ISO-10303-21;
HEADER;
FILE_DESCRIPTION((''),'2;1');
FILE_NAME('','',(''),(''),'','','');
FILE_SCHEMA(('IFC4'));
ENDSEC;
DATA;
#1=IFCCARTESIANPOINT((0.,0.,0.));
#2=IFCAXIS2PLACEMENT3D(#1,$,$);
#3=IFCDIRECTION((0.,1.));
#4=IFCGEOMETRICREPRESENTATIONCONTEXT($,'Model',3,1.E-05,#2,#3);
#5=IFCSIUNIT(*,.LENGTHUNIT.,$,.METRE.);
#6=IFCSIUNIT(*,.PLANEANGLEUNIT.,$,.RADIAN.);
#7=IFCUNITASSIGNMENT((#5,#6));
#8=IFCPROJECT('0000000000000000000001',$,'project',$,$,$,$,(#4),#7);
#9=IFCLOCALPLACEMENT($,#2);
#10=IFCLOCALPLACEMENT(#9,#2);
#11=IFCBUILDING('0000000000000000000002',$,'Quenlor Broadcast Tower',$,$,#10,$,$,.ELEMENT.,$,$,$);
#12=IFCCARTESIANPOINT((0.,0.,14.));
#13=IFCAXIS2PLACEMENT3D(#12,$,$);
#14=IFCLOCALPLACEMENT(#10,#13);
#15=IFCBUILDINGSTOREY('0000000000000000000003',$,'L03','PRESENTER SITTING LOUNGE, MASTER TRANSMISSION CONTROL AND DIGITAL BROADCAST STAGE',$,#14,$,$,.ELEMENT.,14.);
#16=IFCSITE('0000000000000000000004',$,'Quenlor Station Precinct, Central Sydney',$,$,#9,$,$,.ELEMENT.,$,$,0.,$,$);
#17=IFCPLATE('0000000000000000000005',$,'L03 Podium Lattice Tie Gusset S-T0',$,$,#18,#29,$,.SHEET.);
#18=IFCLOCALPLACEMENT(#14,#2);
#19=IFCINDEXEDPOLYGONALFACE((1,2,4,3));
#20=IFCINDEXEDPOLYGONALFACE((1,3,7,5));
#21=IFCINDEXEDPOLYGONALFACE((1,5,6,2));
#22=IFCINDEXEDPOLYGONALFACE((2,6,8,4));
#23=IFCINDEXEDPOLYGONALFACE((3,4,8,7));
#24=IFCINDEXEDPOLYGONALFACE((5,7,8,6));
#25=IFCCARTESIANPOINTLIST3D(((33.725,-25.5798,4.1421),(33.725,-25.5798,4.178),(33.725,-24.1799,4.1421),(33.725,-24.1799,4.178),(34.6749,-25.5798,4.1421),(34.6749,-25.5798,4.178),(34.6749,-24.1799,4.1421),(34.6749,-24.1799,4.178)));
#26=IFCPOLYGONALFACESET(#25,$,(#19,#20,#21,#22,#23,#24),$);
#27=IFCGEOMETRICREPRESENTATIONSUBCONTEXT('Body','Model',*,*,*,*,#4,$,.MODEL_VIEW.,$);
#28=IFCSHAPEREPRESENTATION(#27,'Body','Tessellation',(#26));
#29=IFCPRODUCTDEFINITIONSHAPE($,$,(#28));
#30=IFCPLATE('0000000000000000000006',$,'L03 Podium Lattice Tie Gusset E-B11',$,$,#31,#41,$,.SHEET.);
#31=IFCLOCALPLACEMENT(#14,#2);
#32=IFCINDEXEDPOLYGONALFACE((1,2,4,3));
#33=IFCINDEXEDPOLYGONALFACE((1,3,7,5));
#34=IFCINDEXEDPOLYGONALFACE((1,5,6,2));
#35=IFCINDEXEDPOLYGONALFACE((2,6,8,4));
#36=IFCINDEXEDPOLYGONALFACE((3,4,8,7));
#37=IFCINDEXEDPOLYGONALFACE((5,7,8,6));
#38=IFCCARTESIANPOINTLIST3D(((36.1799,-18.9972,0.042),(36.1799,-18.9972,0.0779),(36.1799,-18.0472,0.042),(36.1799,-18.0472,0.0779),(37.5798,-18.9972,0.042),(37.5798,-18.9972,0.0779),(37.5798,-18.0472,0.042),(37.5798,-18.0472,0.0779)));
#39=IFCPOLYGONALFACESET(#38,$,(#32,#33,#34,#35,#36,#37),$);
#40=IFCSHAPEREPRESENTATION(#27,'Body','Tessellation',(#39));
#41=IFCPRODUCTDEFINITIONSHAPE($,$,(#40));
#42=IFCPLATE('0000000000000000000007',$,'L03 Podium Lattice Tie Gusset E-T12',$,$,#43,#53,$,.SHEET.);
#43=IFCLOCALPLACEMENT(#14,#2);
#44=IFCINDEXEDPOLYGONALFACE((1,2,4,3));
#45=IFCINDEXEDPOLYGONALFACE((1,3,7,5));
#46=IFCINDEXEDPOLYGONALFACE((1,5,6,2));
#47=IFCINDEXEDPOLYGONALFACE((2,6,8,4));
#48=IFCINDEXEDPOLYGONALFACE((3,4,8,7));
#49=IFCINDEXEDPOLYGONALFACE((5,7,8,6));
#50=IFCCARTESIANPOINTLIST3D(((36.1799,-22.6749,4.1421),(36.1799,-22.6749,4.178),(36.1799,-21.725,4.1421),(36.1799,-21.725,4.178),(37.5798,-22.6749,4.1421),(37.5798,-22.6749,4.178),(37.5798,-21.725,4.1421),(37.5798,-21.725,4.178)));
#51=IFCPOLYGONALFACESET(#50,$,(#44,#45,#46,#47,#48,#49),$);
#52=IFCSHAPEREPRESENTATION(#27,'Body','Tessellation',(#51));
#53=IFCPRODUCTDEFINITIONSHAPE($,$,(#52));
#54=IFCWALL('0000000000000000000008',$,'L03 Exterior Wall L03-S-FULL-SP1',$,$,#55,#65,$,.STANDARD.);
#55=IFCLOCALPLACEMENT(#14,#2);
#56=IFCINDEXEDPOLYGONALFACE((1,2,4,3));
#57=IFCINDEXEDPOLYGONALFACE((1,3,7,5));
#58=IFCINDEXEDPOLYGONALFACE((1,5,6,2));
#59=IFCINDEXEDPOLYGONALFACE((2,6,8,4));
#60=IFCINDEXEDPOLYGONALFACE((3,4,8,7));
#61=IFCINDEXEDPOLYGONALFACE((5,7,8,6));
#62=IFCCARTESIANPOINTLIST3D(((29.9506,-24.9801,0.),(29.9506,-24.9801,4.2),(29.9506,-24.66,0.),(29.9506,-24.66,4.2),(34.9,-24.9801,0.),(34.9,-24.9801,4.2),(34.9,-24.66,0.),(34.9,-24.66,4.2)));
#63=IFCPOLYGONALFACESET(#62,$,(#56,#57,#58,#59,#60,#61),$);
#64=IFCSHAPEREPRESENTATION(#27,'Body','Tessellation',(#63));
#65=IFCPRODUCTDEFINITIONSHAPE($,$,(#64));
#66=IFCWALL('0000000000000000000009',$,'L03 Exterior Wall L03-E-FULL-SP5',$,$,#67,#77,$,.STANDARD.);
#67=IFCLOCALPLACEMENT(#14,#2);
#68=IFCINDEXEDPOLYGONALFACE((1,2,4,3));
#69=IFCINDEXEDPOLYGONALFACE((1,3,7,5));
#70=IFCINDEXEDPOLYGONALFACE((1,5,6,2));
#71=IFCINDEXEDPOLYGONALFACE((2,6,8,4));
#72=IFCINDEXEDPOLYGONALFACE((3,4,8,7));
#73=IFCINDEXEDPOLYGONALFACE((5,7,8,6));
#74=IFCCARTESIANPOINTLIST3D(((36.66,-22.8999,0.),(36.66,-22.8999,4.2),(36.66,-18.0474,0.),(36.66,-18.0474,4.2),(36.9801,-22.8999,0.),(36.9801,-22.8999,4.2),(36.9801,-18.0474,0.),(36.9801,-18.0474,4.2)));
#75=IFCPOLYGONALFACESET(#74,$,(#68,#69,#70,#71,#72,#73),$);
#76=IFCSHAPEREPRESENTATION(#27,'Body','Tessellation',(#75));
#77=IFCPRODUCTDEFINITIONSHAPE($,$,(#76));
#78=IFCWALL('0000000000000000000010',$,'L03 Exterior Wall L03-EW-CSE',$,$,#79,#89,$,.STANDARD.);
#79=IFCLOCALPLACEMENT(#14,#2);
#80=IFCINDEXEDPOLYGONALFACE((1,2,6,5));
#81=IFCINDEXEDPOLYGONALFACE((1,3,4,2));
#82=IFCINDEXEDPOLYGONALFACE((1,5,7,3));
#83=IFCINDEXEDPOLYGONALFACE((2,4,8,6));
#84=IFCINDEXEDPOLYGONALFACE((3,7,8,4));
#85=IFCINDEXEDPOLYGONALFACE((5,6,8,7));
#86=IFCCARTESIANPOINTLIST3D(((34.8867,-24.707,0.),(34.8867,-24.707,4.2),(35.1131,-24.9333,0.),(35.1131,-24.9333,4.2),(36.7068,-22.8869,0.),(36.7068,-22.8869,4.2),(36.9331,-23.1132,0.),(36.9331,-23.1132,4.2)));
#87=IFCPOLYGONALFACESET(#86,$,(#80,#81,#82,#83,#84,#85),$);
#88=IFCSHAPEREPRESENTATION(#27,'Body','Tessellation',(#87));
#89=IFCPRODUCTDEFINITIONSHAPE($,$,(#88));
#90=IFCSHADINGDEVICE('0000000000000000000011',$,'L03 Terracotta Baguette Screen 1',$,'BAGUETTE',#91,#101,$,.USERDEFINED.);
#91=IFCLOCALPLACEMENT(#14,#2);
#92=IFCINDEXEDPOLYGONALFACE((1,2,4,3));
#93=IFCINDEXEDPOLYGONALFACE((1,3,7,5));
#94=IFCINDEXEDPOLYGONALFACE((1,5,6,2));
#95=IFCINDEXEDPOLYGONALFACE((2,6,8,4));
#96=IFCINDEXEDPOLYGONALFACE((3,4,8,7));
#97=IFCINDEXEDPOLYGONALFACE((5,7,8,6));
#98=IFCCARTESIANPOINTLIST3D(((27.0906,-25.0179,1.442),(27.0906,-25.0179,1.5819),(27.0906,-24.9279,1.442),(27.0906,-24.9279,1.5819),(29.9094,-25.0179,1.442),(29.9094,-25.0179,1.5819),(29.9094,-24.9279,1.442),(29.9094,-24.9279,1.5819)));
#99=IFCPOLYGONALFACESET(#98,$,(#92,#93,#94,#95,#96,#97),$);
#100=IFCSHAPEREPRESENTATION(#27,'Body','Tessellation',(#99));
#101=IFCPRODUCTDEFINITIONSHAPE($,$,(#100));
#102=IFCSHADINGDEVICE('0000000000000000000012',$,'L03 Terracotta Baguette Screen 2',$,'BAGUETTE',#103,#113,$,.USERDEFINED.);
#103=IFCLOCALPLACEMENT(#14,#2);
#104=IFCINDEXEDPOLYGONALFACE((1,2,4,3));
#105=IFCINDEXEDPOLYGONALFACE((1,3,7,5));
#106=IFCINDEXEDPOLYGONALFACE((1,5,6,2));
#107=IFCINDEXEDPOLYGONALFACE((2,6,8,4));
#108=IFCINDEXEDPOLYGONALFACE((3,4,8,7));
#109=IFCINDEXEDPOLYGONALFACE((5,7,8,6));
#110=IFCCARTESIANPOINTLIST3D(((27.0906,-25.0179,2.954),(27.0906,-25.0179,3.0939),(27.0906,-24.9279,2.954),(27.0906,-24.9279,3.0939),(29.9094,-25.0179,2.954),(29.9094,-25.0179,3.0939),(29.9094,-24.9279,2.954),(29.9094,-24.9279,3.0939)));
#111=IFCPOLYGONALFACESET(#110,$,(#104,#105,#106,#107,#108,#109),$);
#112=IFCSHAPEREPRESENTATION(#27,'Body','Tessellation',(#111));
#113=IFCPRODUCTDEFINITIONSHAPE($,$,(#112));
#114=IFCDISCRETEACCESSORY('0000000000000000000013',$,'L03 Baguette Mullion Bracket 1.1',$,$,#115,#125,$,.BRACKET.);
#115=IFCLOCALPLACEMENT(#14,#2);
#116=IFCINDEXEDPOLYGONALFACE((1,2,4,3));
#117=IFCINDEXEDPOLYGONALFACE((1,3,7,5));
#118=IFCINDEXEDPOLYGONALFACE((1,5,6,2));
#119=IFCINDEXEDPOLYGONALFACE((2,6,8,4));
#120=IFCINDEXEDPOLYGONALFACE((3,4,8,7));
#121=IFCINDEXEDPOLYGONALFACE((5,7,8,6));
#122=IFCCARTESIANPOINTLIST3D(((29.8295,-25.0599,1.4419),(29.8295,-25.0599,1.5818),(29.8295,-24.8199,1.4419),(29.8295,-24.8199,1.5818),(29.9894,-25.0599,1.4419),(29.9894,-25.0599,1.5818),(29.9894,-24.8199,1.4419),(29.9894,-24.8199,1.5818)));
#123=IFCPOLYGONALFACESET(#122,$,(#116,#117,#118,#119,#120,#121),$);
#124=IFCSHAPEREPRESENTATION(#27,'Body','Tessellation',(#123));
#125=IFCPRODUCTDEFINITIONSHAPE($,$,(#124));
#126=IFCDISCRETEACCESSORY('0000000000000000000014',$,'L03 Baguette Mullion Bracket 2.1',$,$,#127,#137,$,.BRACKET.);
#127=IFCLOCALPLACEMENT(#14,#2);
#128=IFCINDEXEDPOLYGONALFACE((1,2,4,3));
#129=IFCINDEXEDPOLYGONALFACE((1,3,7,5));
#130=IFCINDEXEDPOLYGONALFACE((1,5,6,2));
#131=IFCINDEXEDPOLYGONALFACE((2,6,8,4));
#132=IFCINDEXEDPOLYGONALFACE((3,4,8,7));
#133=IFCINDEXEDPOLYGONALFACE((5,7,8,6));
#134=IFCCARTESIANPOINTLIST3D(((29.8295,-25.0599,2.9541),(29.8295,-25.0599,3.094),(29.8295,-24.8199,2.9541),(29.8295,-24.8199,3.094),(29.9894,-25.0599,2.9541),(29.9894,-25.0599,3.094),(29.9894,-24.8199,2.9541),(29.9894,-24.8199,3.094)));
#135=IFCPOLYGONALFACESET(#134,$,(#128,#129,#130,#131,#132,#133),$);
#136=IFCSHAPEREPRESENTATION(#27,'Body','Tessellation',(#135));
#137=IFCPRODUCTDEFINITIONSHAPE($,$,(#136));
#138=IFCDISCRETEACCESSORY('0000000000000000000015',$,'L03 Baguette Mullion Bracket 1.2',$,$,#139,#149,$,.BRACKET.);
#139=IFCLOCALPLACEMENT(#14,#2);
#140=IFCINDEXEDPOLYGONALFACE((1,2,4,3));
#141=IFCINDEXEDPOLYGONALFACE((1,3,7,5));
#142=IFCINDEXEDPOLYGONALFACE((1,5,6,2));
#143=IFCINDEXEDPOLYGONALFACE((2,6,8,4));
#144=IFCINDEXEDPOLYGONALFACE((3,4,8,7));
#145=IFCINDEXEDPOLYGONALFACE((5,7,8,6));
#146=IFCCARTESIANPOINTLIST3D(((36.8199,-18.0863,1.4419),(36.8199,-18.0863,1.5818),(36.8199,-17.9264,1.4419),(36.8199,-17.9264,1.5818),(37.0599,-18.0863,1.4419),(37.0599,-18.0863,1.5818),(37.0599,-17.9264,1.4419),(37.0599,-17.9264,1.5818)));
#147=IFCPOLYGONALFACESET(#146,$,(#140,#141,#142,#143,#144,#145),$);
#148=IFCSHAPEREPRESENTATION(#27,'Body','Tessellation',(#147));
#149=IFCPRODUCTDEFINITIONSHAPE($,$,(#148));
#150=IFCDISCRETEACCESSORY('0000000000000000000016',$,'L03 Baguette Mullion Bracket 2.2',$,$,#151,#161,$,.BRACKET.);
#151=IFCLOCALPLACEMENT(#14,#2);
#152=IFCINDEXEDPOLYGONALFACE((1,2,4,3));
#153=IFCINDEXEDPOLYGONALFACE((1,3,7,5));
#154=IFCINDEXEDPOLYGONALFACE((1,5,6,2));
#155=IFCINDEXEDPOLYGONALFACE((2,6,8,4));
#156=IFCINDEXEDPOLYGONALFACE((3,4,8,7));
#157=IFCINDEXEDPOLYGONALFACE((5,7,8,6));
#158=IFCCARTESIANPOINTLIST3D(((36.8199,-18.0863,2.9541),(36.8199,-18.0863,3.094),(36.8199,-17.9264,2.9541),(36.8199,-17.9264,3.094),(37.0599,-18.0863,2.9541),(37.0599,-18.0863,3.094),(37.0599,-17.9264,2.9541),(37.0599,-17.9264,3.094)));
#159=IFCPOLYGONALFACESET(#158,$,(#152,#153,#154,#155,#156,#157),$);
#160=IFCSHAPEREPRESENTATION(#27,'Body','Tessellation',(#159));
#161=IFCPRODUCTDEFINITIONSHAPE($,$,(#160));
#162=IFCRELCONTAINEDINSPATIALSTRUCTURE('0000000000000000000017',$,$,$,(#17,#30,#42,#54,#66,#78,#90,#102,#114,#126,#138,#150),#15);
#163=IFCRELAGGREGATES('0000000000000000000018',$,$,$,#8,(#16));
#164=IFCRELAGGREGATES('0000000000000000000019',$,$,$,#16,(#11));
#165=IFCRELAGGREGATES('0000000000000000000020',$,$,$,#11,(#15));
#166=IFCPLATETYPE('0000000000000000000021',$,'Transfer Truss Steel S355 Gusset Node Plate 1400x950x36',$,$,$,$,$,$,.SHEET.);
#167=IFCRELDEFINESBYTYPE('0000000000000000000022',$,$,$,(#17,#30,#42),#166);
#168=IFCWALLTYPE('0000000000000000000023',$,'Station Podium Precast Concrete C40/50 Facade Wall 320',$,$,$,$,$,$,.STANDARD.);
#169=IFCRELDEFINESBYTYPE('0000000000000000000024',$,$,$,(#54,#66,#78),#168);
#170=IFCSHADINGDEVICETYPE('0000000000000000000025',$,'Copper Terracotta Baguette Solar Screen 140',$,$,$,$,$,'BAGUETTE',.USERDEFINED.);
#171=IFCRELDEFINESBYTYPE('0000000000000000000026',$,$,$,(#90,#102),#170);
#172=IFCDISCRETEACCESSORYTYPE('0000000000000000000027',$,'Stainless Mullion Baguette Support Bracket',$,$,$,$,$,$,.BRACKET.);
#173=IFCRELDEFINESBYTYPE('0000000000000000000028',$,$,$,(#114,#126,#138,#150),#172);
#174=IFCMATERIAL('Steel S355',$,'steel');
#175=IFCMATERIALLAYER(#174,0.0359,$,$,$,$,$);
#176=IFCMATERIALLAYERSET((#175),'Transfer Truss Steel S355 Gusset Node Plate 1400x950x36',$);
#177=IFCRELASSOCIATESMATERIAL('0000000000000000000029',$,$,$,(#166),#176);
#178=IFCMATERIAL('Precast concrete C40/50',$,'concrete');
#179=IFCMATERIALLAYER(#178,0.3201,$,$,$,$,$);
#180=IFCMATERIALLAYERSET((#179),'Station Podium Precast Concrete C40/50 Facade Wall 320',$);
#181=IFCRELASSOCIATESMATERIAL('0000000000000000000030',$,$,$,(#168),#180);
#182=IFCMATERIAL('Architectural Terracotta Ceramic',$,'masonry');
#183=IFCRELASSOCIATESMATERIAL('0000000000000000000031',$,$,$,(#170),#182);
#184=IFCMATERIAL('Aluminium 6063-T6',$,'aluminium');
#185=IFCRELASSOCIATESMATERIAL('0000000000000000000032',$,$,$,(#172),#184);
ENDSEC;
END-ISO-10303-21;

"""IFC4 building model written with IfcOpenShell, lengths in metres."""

from ifc_helpers import new_model, si_unit, direction, frame, frame_2d, origin, origin_2d, place, context, subcontext, project, spatial, rectangle, extrude, material, layer, layer_set, material_profile, profile_set, type_object, element, save


model = new_model("IFC4")

# Units and contexts
model_context = context("Model", 3, precision=1e-05, world=origin(), true_north=direction((0.0, 1.0)))
body_context = subcontext(model_context, "Body", "Model", "MODEL_VIEW")
ifc_project = project(units=[si_unit("LENGTHUNIT", "METRE"), si_unit("PLANEANGLEUNIT", "RADIAN")], contexts=[model_context])

# Site, building, storey
site_placement = place(None, origin())
site = spatial("IfcSite", under=ifc_project, at=site_placement, Name="Quenlor Station Precinct, Central Sydney", CompositionType="ELEMENT", RefElevation=0.0)
building_placement = place(site_placement, origin())
building = spatial("IfcBuilding", under=site, at=building_placement, Name="Quenlor Broadcast Tower", CompositionType="ELEMENT")
storey_placement = place(building_placement, frame((0.0, 0.0, 14.0)))
storey = spatial("IfcBuildingStorey", under=building, at=storey_placement, Name="L03", Description="PRESENTER SITTING LOUNGE, MASTER TRANSMISSION CONTROL AND DIGITAL BROADCAST STAGE", CompositionType="ELEMENT", Elevation=14.0)

# Plates
ifc_material_1 = material(Name="Steel S355", Category="steel")
ifc_layer_1 = layer(ifc_material_1, 0.0359)
ifc_layer_set_1 = layer_set([ifc_layer_1], Name="Transfer Truss Steel S355 Gusset Node Plate 1400x950x36")
plate_type_1 = type_object("IfcPlateType", Name="Transfer Truss Steel S355 Gusset Node Plate 1400x950x36", PredefinedType="SHEET", material=ifc_layer_set_1)
for number, where, z_axis, x_axis, name in (
    (1, (34.2, -24.8799, 4.1421), (0.0, 0.0, 1.0), (0.0, -1.0, 0.0), "L03 Podium Lattice Tie Gusset S-T0"),
    (2, (36.8799, -18.5222, 0.042), (0.0, 0.0, 1.0), (1.0, 0.0, 0.0), "L03 Podium Lattice Tie Gusset E-B11"),
    (3, (36.8799, -22.2, 4.1421), (0.0, 0.0, 1.0), (1.0, 0.0, 0.0), "L03 Podium Lattice Tie Gusset E-T12"),
):
    element("IfcPlate", number, at=place(storey_placement, frame(where, z_axis=z_axis, x_axis=x_axis)), inside=storey, type_object=plate_type_1, Name=name, PredefinedType="SHEET", context=body_context, shape_type="SweptSolid", body=[
        extrude(rectangle(XDim=1.3999, YDim=0.95, at=origin_2d()), origin(), (0.0, 0.0, 1.0), 0.0359),
    ])

# Walls
ifc_material_2 = material(Name="Precast concrete C40/50", Category="concrete")
ifc_layer_2 = layer(ifc_material_2, 0.3201)
ifc_layer_set_2 = layer_set([ifc_layer_2], Name="Station Podium Precast Concrete C40/50 Facade Wall 320")
wall_type = type_object("IfcWallType", Name="Station Podium Precast Concrete C40/50 Facade Wall 320", PredefinedType="STANDARD", material=ifc_layer_set_2)
wall_1_placement = place(storey_placement, frame((34.8999, -24.8201, 0.0), z_axis=(0.0, 0.0, 1.0), x_axis=(-1.0, 0.0, 0.0)))
element("IfcWall", 4, at=wall_1_placement, inside=storey, type_object=wall_type, Name="L03 Exterior Wall L03-S-FULL-SP1", PredefinedType="STANDARD", context=body_context, shape_type="SweptSolid", body=[
    extrude(rectangle(XDim=4.9495, YDim=0.3201, at=frame_2d((2.4746, 0.0))), origin(), (0.0, 0.0, 1.0), 4.2),
])
wall_2_placement = place(storey_placement, frame((36.8201, -18.0474, 0.0), z_axis=(0.0, 0.0, 1.0), x_axis=(0.0, -1.0, 0.0)))
element("IfcWall", 5, at=wall_2_placement, inside=storey, type_object=wall_type, Name="L03 Exterior Wall L03-E-FULL-SP5", PredefinedType="STANDARD", context=body_context, shape_type="SweptSolid", body=[
    extrude(rectangle(XDim=4.8525, YDim=0.3201, at=frame_2d((2.4263, 0.0))), origin(), (0.0, 0.0, 1.0), 4.2),
])
wall_3_placement = place(storey_placement, frame((36.8201, -23.0, 0.0), z_axis=(0.0, 0.0, 1.0), x_axis=(-0.707107, -0.707107, 0.0)))
element("IfcWall", 6, at=wall_3_placement, inside=storey, type_object=wall_type, Name="L03 Exterior Wall L03-EW-CSE", PredefinedType="STANDARD", context=body_context, shape_type="SweptSolid", body=[
    extrude(rectangle(XDim=2.574, YDim=0.3201, at=frame_2d((1.2871, 0.0))), origin(), (0.0, 0.0, 1.0), 4.2),
])

# Shading devices
ifc_material_3 = material(Name="Architectural Terracotta Ceramic", Category="masonry")
ifc_material_profile_1 = material_profile(ifc_material_3, rectangle(XDim=0.0901, YDim=0.1399, at=origin_2d()))
ifc_profile_set_1 = profile_set([ifc_material_profile_1], Name="Architectural Terracotta Ceramic BAG90x140")
shading_device_type = type_object("IfcShadingDeviceType", Name="Copper Terracotta Baguette Solar Screen 140", ElementType="BAGUETTE", PredefinedType="USERDEFINED", material=ifc_profile_set_1)
for number, where, z_axis, x_axis, name in (
    (7, (29.9094, -24.9729, 1.512), (-1.0, 0.0, 0.0), (0.0, -1.0, 0.0), "L03 Terracotta Baguette Screen 1"),
    (8, (29.9094, -24.9729, 3.0239), (-1.0, 0.0, 0.0), (0.0, -1.0, 0.0), "L03 Terracotta Baguette Screen 2"),
):
    element("IfcShadingDevice", number, at=place(storey_placement, frame(where, z_axis=z_axis, x_axis=x_axis)), inside=storey, type_object=shading_device_type, Name=name, ObjectType="BAGUETTE", PredefinedType="USERDEFINED", context=body_context, shape_type="SweptSolid", body=[
        extrude(rectangle(XDim=0.0901, YDim=0.1399, at=origin_2d()), origin(), (0.0, 0.0, 1.0), 2.8188),
    ])

# Discrete accessories
ifc_material_4 = material(Name="Aluminium 6063-T6", Category="aluminium")
discrete_accessory_type = type_object("IfcDiscreteAccessoryType", Name="Stainless Mullion Baguette Support Bracket", PredefinedType="BRACKET", material=ifc_material_4)
for number, where, z_axis, x_axis, name in (
    (9, (29.9094, -24.9399, 1.4419), (0.0, 0.0, 1.0), (-1.0, 0.0, 0.0), "L03 Baguette Mullion Bracket 1.1"),
    (10, (29.9094, -24.9399, 2.9541), (0.0, 0.0, 1.0), (-1.0, 0.0, 0.0), "L03 Baguette Mullion Bracket 2.1"),
    (11, (36.9399, -18.0063, 1.4419), (0.0, 0.0, 1.0), (0.0, -1.0, 0.0), "L03 Baguette Mullion Bracket 1.2"),
    (12, (36.9399, -18.0063, 2.9541), (0.0, 0.0, 1.0), (0.0, -1.0, 0.0), "L03 Baguette Mullion Bracket 2.2"),
):
    element("IfcDiscreteAccessory", number, at=place(storey_placement, frame(where, z_axis=z_axis, x_axis=x_axis)), inside=storey, type_object=discrete_accessory_type, Name=name, PredefinedType="BRACKET", context=body_context, shape_type="SweptSolid", body=[
        extrude(rectangle(XDim=0.1599, YDim=0.24, at=origin_2d()), origin(), (0.0, 0.0, 1.0), 0.1399),
    ])

save(model, "model.ifc")
